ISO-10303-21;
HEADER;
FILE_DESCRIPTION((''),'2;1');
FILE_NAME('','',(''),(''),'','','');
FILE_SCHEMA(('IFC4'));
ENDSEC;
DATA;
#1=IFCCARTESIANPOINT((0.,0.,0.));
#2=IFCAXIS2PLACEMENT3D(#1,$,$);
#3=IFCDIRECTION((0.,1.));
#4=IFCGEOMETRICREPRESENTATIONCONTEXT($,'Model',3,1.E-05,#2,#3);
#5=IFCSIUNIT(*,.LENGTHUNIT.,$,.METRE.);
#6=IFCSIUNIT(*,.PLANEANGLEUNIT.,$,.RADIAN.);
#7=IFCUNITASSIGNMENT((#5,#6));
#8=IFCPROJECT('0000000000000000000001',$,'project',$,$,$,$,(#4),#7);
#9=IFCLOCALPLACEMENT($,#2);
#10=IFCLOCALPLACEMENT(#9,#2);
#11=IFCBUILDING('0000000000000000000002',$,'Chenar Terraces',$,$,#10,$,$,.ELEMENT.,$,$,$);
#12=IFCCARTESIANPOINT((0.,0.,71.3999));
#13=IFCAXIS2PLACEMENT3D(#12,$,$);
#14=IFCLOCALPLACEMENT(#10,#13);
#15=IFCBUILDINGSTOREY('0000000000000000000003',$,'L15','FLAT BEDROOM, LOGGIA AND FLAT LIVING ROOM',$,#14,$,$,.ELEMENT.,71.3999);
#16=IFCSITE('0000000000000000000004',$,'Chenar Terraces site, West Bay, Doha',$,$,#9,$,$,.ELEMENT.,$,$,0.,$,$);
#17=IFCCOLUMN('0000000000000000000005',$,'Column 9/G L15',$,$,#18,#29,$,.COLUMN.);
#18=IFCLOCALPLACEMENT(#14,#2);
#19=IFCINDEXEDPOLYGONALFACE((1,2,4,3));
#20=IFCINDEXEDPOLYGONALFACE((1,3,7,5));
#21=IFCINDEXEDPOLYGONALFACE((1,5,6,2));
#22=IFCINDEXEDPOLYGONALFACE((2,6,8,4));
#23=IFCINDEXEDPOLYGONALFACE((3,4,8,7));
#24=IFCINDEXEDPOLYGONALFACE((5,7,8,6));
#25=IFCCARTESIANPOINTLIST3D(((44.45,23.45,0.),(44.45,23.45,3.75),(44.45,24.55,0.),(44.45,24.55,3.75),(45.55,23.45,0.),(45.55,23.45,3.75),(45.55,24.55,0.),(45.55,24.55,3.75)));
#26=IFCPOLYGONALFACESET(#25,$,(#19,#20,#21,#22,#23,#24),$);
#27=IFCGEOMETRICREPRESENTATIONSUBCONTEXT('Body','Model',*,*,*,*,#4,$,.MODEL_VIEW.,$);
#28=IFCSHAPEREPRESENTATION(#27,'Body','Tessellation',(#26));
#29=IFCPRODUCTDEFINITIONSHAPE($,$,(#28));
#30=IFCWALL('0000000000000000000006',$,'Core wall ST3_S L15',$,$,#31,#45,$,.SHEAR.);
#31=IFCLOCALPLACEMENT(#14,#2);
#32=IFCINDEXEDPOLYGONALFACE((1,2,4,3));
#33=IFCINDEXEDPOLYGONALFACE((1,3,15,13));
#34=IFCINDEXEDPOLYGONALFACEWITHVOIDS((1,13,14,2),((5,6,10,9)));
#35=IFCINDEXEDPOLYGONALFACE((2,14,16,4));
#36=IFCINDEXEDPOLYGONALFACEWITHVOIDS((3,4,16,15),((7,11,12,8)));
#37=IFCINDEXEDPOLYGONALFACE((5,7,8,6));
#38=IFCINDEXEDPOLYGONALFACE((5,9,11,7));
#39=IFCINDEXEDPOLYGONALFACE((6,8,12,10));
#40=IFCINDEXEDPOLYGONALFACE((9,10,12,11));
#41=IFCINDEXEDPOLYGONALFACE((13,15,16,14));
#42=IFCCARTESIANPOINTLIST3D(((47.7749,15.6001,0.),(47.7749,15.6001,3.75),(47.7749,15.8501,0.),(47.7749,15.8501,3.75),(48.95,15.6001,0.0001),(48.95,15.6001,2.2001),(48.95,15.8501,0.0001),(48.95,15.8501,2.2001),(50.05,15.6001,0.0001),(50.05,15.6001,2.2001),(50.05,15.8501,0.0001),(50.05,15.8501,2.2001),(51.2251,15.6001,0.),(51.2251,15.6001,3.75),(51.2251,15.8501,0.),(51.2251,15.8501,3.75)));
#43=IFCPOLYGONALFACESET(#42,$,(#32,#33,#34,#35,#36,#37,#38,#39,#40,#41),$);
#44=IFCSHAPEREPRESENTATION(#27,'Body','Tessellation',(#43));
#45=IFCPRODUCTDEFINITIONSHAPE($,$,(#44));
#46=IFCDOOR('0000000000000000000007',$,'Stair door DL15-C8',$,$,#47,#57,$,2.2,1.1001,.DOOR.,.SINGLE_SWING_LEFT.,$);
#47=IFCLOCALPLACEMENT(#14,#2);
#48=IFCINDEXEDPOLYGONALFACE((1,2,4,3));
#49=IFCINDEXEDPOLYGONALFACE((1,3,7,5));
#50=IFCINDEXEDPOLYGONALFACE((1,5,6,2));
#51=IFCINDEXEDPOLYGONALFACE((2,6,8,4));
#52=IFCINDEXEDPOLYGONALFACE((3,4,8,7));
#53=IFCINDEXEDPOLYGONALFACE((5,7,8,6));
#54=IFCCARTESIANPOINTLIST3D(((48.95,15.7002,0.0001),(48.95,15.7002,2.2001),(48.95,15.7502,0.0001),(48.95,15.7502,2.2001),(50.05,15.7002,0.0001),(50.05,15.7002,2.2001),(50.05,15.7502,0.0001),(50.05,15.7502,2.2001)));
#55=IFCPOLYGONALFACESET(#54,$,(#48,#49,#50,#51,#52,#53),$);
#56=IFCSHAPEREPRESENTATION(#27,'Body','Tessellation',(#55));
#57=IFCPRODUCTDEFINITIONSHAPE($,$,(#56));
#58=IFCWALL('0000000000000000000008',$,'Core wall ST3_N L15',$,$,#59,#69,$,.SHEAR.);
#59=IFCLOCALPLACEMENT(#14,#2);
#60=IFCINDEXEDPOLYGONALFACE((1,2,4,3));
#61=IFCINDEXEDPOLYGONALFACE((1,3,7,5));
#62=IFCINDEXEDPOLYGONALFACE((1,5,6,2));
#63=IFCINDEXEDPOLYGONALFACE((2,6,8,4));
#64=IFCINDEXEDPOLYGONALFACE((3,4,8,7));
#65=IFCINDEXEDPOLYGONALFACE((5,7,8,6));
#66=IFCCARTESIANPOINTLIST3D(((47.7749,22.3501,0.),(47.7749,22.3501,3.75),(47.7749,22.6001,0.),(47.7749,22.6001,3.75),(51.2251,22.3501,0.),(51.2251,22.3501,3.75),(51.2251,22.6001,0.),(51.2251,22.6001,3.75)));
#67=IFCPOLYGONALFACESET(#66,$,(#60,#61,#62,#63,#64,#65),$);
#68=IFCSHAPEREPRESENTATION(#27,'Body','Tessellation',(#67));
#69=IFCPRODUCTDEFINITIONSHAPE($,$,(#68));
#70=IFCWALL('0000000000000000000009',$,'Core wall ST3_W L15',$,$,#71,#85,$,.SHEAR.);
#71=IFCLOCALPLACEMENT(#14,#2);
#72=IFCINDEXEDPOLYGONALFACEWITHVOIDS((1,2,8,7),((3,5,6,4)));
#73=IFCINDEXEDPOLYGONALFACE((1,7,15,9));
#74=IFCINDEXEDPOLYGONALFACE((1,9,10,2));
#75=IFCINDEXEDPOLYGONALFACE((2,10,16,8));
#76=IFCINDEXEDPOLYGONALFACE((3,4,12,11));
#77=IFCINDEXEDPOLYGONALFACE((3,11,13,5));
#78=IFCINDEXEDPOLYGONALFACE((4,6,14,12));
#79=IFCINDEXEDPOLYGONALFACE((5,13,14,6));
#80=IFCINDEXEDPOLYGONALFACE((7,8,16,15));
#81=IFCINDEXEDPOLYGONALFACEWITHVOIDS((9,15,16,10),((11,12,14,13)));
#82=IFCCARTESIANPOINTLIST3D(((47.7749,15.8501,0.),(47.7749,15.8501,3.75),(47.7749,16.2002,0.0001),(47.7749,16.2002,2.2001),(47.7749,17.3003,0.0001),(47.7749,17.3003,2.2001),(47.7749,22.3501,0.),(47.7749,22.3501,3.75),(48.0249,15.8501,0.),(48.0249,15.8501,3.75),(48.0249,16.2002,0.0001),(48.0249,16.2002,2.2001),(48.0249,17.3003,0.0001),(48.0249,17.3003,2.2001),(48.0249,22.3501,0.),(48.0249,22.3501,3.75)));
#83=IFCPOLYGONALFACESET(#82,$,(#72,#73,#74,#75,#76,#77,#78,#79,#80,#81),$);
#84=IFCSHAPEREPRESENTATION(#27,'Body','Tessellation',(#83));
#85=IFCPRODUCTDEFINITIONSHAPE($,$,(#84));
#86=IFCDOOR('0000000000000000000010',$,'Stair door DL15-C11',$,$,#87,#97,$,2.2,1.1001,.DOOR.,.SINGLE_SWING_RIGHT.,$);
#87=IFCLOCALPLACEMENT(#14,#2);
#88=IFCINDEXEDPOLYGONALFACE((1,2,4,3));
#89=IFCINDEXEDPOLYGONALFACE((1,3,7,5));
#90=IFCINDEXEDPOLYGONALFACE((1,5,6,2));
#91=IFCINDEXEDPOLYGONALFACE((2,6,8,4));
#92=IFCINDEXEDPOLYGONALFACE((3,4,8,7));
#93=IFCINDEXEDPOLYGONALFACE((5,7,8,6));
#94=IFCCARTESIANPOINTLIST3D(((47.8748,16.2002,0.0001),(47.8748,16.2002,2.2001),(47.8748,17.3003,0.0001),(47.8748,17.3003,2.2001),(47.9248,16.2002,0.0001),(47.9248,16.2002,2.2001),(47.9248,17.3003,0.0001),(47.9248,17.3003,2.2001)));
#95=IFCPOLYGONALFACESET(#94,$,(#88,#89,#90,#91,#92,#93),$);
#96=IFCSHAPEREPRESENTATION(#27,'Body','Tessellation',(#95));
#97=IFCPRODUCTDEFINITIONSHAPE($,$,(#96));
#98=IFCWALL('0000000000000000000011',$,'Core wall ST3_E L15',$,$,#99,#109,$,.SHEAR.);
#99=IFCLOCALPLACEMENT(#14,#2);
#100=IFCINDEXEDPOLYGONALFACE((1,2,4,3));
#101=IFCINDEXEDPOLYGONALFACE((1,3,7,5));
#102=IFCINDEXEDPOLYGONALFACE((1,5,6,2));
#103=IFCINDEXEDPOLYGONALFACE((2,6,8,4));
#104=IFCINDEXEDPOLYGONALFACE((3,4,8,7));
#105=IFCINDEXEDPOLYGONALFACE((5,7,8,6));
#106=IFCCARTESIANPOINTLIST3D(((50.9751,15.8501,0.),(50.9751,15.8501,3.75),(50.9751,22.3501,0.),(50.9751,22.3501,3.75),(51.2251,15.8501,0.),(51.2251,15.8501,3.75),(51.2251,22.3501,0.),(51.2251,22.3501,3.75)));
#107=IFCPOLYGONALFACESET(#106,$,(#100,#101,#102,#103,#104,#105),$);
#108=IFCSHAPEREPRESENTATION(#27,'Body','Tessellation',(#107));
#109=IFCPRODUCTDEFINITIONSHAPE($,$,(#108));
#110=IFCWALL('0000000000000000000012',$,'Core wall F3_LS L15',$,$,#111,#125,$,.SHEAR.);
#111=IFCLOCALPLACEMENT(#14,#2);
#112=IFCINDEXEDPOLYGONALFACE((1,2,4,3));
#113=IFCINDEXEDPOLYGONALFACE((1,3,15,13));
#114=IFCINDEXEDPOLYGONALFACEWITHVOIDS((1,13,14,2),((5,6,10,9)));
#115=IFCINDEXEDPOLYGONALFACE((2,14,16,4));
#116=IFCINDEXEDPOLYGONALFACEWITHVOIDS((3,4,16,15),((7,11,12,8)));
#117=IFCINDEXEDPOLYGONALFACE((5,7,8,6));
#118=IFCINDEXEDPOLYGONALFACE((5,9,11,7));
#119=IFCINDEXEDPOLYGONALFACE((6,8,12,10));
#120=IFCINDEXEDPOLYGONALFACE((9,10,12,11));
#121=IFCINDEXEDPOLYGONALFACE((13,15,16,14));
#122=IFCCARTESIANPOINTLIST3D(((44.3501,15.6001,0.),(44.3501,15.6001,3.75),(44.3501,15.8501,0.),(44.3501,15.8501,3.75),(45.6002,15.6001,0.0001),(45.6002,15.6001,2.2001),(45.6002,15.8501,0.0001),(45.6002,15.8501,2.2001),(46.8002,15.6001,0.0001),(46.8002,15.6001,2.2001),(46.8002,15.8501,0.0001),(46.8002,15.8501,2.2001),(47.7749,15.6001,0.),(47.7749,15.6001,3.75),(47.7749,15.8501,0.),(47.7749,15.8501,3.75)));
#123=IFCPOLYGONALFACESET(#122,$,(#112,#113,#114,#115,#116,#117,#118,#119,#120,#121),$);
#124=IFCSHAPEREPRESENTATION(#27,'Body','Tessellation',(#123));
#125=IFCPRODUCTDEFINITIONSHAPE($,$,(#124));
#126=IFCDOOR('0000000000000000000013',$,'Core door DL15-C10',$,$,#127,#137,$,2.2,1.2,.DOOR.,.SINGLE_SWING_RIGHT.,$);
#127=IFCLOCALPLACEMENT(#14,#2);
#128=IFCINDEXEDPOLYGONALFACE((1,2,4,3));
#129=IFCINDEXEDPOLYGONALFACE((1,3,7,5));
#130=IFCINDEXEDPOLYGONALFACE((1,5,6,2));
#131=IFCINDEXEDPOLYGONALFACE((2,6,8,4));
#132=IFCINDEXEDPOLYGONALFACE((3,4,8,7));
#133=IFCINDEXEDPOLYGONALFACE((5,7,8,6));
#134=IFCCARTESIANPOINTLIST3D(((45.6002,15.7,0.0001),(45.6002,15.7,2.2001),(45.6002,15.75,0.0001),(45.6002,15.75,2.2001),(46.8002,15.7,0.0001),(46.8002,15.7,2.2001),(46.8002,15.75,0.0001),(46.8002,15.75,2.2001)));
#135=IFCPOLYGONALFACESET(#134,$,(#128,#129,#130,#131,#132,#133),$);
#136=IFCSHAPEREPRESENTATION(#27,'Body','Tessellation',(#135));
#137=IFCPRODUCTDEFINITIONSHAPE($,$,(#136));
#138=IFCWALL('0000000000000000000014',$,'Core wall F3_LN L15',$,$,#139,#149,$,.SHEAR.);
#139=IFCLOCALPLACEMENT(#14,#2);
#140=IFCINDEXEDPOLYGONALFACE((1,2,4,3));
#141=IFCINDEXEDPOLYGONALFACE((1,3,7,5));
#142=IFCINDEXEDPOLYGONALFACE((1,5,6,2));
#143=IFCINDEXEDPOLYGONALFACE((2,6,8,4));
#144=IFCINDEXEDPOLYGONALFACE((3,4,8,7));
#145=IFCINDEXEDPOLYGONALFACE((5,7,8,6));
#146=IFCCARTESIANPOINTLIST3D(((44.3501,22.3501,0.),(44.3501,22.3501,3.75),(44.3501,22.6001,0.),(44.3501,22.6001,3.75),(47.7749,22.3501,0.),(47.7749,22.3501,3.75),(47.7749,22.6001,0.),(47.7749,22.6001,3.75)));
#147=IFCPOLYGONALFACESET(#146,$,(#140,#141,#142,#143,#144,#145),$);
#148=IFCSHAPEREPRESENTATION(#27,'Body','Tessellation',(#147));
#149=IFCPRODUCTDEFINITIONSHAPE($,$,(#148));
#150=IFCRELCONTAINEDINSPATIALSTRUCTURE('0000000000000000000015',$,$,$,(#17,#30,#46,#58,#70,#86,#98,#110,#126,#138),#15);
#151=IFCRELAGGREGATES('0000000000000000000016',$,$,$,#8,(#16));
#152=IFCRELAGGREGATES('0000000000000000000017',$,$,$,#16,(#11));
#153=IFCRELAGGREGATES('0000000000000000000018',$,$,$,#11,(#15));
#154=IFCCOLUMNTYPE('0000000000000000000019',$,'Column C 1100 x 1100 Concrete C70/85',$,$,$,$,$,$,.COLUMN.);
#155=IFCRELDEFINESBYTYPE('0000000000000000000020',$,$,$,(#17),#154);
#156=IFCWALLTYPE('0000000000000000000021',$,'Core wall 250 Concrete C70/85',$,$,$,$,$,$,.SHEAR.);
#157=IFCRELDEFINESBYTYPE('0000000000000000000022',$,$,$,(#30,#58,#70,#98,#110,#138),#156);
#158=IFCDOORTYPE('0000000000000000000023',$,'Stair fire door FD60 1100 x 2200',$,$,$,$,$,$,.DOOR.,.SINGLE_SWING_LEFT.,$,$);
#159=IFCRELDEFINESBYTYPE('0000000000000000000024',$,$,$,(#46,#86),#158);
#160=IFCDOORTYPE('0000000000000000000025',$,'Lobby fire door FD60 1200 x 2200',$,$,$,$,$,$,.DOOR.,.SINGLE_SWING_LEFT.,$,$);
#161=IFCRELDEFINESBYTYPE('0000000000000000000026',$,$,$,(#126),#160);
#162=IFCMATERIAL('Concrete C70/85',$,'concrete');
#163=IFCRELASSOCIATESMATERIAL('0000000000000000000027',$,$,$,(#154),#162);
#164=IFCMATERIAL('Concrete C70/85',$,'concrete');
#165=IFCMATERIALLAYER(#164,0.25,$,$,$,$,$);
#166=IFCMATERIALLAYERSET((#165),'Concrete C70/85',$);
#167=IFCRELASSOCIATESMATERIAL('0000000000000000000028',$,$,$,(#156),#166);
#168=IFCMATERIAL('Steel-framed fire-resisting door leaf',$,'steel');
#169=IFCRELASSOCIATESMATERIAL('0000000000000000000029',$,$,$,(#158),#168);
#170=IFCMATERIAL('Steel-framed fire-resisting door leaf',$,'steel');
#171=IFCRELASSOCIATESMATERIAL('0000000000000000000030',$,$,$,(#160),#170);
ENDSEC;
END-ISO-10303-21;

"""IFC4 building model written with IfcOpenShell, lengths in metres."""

from ifc_helpers import new_model, si_unit, direction, frame, frame_2d, origin, origin_2d, place, context, subcontext, project, spatial, rectangle, extrude, material, layer, layer_set, material_profile, profile_set, type_object, element, fill, save


model = new_model("IFC4")

# Units and contexts
model_context = context("Model", 3, precision=1e-05, world=origin(), true_north=direction((0.0, 1.0)))
body_context = subcontext(model_context, "Body", "Model", "MODEL_VIEW")
ifc_project = project(units=[si_unit("LENGTHUNIT", "METRE"), si_unit("PLANEANGLEUNIT", "RADIAN")], contexts=[model_context])

# Site, building, storey
site_placement = place(None, origin())
site = spatial("IfcSite", under=ifc_project, at=site_placement, Name="Chenar Terraces site, West Bay, Doha", CompositionType="ELEMENT", RefElevation=0.0)
building_placement = place(site_placement, origin())
building = spatial("IfcBuilding", under=site, at=building_placement, Name="Chenar Terraces", CompositionType="ELEMENT")
storey_placement = place(building_placement, frame((0.0, 0.0, 71.3999)))
storey = spatial("IfcBuildingStorey", under=building, at=storey_placement, Name="L15", Description="FLAT BEDROOM, LOGGIA AND FLAT LIVING ROOM", CompositionType="ELEMENT", Elevation=71.3999)

# Column
ifc_material_1 = material(Name="Concrete C70/85", Category="concrete")
ifc_material_profile_1 = material_profile(ifc_material_1, rectangle(XDim=1.1001, YDim=1.1001, at=origin_2d()), Name="C 1100 x 1100")
ifc_profile_set_1 = profile_set([ifc_material_profile_1], Name="Concrete C70/85")
column_type = type_object("IfcColumnType", Name="Column C 1100 x 1100 Concrete C70/85", PredefinedType="COLUMN", material=ifc_profile_set_1)
column_placement = place(storey_placement, frame((45.0, 24.0, 0.0), z_axis=(0.0, 0.0, 1.0), x_axis=(1.0, 0.0, 0.0)))
element("IfcColumn", 1, at=column_placement, inside=storey, type_object=column_type, Name="Column 9/G L15", PredefinedType="COLUMN", context=body_context, shape_type="SweptSolid", body=[
    extrude(rectangle(XDim=1.1001, YDim=1.1001, at=origin_2d()), origin(), (0.0, 0.0, 1.0), 3.75),
])

# Wall, opening, door
ifc_material_2 = material(Name="Concrete C70/85", Category="concrete")
ifc_layer_1 = layer(ifc_material_2, 0.25)
ifc_layer_set_1 = layer_set([ifc_layer_1], Name="Concrete C70/85")
wall_type_1 = type_object("IfcWallType", Name="Core wall 250 Concrete C70/85", PredefinedType="SHEAR", material=ifc_layer_set_1)
wall_1_placement = place(storey_placement, frame((47.7749, 15.7251, 0.0), z_axis=(0.0, 0.0, 1.0), x_axis=(1.0, 0.0, 0.0)))
wall_1 = element("IfcWall", 2, at=wall_1_placement, inside=storey, type_object=wall_type_1, Name="Core wall ST3_S L15", PredefinedType="SHEAR", context=body_context, shape_type="SweptSolid", body=[
    extrude(rectangle(XDim=3.4502, YDim=0.25, at=frame_2d((1.7251, 0.0))), origin(), (0.0, 0.0, 1.0), 3.75),
])
opening_1_placement = place(wall_1_placement, frame((1.175, 0.0, 0.0)))
opening_1 = element("IfcOpeningElement", 3, at=opening_1_placement, cuts=wall_1, PredefinedType="OPENING", context=body_context, shape_type="SweptSolid", body=[
    extrude(rectangle(XDim=1.1001, YDim=2.2, at=frame_2d((0.55, 1.1001))), frame((0.0, 0.135, 0.0), z_axis=(0.0, -1.0, 0.0), x_axis=(1.0, 0.0, 0.0)), (0.0, 0.0, 1.0), 0.27),
])
ifc_material_3 = material(Name="Steel-framed fire-resisting door leaf", Category="steel")
door_type_1 = type_object("IfcDoorType", Name="Stair fire door FD60 1100 x 2200", OperationType="SINGLE_SWING_LEFT", PredefinedType="DOOR", material=ifc_material_3)
door_1_placement = place(opening_1_placement, frame((1.1001, 0.0, 0.0), z_axis=(0.0, 0.0, 1.0), x_axis=(-1.0, 0.0, 0.0)))
door_1 = element("IfcDoor", 4, at=door_1_placement, inside=storey, type_object=door_type_1, Name="Stair door DL15-C8", OperationType="SINGLE_SWING_LEFT", OverallHeight=2.2, OverallWidth=1.1001, PredefinedType="DOOR", context=body_context, shape_type="SweptSolid", body=[
    extrude(rectangle(XDim=1.1001, YDim=2.2, at=frame_2d((0.55, 1.1001))), frame((0.0, 0.0249, 0.0), z_axis=(0.0, -1.0, 0.0), x_axis=(1.0, 0.0, 0.0)), (0.0, 0.0, 1.0), 0.05),
])
fill(opening_1, door_1)

# Wall
wall_2_placement = place(storey_placement, frame((47.7749, 22.4751, 0.0), z_axis=(0.0, 0.0, 1.0), x_axis=(1.0, 0.0, 0.0)))
element("IfcWall", 5, at=wall_2_placement, inside=storey, type_object=wall_type_1, Name="Core wall ST3_N L15", PredefinedType="SHEAR", context=body_context, shape_type="SweptSolid", body=[
    extrude(rectangle(XDim=3.4502, YDim=0.25, at=frame_2d((1.7251, 0.0))), origin(), (0.0, 0.0, 1.0), 3.75),
])

# Wall, opening, door
wall_3_placement = place(storey_placement, frame((47.8999, 15.8501, 0.0), z_axis=(0.0, 0.0, 1.0), x_axis=(0.0, 1.0, 0.0)))
wall_3 = element("IfcWall", 6, at=wall_3_placement, inside=storey, type_object=wall_type_1, Name="Core wall ST3_W L15", PredefinedType="SHEAR", context=body_context, shape_type="SweptSolid", body=[
    extrude(rectangle(XDim=6.5, YDim=0.25, at=frame_2d((3.25, 0.0))), origin(), (0.0, 0.0, 1.0), 3.75),
])
opening_2_placement = place(wall_3_placement, frame((0.3501, 0.0, 0.0)))
opening_2 = element("IfcOpeningElement", 7, at=opening_2_placement, cuts=wall_3, PredefinedType="OPENING", context=body_context, shape_type="SweptSolid", body=[
    extrude(rectangle(XDim=1.1001, YDim=2.2, at=frame_2d((0.55, 1.1001))), frame((0.0, 0.135, 0.0), z_axis=(0.0, -1.0, 0.0), x_axis=(1.0, 0.0, 0.0)), (0.0, 0.0, 1.0), 0.27),
])
door_2_placement = place(opening_2_placement, frame((1.1001, 0.0, 0.0), z_axis=(0.0, 0.0, 1.0), x_axis=(-1.0, 0.0, 0.0)))
door_2 = element("IfcDoor", 8, at=door_2_placement, inside=storey, type_object=door_type_1, Name="Stair door DL15-C11", OperationType="SINGLE_SWING_RIGHT", OverallHeight=2.2, OverallWidth=1.1001, PredefinedType="DOOR", context=body_context, shape_type="SweptSolid", body=[
    extrude(rectangle(XDim=1.1001, YDim=2.2, at=frame_2d((0.55, 1.1001))), frame((0.0, 0.0249, 0.0), z_axis=(0.0, -1.0, 0.0), x_axis=(1.0, 0.0, 0.0)), (0.0, 0.0, 1.0), 0.05),
])
fill(opening_2, door_2)

# Wall
wall_4_placement = place(storey_placement, frame((51.1001, 15.8501, 0.0), z_axis=(0.0, 0.0, 1.0), x_axis=(0.0, 1.0, 0.0)))
element("IfcWall", 9, at=wall_4_placement, inside=storey, type_object=wall_type_1, Name="Core wall ST3_E L15", PredefinedType="SHEAR", context=body_context, shape_type="SweptSolid", body=[
    extrude(rectangle(XDim=6.5, YDim=0.25, at=frame_2d((3.25, 0.0))), origin(), (0.0, 0.0, 1.0), 3.75),
])

# Wall, opening, door
wall_5_placement = place(storey_placement, frame((44.3501, 15.7251, 0.0), z_axis=(0.0, 0.0, 1.0), x_axis=(1.0, 0.0, 0.0)))
wall_5 = element("IfcWall", 10, at=wall_5_placement, inside=storey, type_object=wall_type_1, Name="Core wall F3_LS L15", PredefinedType="SHEAR", context=body_context, shape_type="SweptSolid", body=[
    extrude(rectangle(XDim=3.4248, YDim=0.25, at=frame_2d((1.7124, 0.0))), origin(), (0.0, 0.0, 1.0), 3.75),
])
opening_3_placement = place(wall_5_placement, frame((1.25, 0.0, 0.0)))
opening_3 = element("IfcOpeningElement", 11, at=opening_3_placement, cuts=wall_5, PredefinedType="OPENING", context=body_context, shape_type="SweptSolid", body=[
    extrude(rectangle(XDim=1.2, YDim=2.2, at=frame_2d((0.6001, 1.1001))), frame((0.0, 0.135, 0.0), z_axis=(0.0, -1.0, 0.0), x_axis=(1.0, 0.0, 0.0)), (0.0, 0.0, 1.0), 0.27),
])
ifc_material_4 = material(Name="Steel-framed fire-resisting door leaf", Category="steel")
door_type_2 = type_object("IfcDoorType", Name="Lobby fire door FD60 1200 x 2200", OperationType="SINGLE_SWING_LEFT", PredefinedType="DOOR", material=ifc_material_4)
door_3_placement = place(opening_3_placement, origin())
door_3 = element("IfcDoor", 12, at=door_3_placement, inside=storey, type_object=door_type_2, Name="Core door DL15-C10", OperationType="SINGLE_SWING_RIGHT", OverallHeight=2.2, OverallWidth=1.2, PredefinedType="DOOR", context=body_context, shape_type="SweptSolid", body=[
    extrude(rectangle(XDim=1.2, YDim=2.2, at=frame_2d((0.6001, 1.1001))), frame((0.0, 0.0249, 0.0), z_axis=(0.0, -1.0, 0.0), x_axis=(1.0, 0.0, 0.0)), (0.0, 0.0, 1.0), 0.05),
])
fill(opening_3, door_3)

# Wall
wall_6_placement = place(storey_placement, frame((44.3501, 22.4751, 0.0), z_axis=(0.0, 0.0, 1.0), x_axis=(1.0, 0.0, 0.0)))
element("IfcWall", 13, at=wall_6_placement, inside=storey, type_object=wall_type_1, Name="Core wall F3_LN L15", PredefinedType="SHEAR", context=body_context, shape_type="SweptSolid", body=[
    extrude(rectangle(XDim=3.4248, YDim=0.25, at=frame_2d((1.7124, 0.0))), origin(), (0.0, 0.0, 1.0), 3.75),
])

save(model, "model.ifc")
